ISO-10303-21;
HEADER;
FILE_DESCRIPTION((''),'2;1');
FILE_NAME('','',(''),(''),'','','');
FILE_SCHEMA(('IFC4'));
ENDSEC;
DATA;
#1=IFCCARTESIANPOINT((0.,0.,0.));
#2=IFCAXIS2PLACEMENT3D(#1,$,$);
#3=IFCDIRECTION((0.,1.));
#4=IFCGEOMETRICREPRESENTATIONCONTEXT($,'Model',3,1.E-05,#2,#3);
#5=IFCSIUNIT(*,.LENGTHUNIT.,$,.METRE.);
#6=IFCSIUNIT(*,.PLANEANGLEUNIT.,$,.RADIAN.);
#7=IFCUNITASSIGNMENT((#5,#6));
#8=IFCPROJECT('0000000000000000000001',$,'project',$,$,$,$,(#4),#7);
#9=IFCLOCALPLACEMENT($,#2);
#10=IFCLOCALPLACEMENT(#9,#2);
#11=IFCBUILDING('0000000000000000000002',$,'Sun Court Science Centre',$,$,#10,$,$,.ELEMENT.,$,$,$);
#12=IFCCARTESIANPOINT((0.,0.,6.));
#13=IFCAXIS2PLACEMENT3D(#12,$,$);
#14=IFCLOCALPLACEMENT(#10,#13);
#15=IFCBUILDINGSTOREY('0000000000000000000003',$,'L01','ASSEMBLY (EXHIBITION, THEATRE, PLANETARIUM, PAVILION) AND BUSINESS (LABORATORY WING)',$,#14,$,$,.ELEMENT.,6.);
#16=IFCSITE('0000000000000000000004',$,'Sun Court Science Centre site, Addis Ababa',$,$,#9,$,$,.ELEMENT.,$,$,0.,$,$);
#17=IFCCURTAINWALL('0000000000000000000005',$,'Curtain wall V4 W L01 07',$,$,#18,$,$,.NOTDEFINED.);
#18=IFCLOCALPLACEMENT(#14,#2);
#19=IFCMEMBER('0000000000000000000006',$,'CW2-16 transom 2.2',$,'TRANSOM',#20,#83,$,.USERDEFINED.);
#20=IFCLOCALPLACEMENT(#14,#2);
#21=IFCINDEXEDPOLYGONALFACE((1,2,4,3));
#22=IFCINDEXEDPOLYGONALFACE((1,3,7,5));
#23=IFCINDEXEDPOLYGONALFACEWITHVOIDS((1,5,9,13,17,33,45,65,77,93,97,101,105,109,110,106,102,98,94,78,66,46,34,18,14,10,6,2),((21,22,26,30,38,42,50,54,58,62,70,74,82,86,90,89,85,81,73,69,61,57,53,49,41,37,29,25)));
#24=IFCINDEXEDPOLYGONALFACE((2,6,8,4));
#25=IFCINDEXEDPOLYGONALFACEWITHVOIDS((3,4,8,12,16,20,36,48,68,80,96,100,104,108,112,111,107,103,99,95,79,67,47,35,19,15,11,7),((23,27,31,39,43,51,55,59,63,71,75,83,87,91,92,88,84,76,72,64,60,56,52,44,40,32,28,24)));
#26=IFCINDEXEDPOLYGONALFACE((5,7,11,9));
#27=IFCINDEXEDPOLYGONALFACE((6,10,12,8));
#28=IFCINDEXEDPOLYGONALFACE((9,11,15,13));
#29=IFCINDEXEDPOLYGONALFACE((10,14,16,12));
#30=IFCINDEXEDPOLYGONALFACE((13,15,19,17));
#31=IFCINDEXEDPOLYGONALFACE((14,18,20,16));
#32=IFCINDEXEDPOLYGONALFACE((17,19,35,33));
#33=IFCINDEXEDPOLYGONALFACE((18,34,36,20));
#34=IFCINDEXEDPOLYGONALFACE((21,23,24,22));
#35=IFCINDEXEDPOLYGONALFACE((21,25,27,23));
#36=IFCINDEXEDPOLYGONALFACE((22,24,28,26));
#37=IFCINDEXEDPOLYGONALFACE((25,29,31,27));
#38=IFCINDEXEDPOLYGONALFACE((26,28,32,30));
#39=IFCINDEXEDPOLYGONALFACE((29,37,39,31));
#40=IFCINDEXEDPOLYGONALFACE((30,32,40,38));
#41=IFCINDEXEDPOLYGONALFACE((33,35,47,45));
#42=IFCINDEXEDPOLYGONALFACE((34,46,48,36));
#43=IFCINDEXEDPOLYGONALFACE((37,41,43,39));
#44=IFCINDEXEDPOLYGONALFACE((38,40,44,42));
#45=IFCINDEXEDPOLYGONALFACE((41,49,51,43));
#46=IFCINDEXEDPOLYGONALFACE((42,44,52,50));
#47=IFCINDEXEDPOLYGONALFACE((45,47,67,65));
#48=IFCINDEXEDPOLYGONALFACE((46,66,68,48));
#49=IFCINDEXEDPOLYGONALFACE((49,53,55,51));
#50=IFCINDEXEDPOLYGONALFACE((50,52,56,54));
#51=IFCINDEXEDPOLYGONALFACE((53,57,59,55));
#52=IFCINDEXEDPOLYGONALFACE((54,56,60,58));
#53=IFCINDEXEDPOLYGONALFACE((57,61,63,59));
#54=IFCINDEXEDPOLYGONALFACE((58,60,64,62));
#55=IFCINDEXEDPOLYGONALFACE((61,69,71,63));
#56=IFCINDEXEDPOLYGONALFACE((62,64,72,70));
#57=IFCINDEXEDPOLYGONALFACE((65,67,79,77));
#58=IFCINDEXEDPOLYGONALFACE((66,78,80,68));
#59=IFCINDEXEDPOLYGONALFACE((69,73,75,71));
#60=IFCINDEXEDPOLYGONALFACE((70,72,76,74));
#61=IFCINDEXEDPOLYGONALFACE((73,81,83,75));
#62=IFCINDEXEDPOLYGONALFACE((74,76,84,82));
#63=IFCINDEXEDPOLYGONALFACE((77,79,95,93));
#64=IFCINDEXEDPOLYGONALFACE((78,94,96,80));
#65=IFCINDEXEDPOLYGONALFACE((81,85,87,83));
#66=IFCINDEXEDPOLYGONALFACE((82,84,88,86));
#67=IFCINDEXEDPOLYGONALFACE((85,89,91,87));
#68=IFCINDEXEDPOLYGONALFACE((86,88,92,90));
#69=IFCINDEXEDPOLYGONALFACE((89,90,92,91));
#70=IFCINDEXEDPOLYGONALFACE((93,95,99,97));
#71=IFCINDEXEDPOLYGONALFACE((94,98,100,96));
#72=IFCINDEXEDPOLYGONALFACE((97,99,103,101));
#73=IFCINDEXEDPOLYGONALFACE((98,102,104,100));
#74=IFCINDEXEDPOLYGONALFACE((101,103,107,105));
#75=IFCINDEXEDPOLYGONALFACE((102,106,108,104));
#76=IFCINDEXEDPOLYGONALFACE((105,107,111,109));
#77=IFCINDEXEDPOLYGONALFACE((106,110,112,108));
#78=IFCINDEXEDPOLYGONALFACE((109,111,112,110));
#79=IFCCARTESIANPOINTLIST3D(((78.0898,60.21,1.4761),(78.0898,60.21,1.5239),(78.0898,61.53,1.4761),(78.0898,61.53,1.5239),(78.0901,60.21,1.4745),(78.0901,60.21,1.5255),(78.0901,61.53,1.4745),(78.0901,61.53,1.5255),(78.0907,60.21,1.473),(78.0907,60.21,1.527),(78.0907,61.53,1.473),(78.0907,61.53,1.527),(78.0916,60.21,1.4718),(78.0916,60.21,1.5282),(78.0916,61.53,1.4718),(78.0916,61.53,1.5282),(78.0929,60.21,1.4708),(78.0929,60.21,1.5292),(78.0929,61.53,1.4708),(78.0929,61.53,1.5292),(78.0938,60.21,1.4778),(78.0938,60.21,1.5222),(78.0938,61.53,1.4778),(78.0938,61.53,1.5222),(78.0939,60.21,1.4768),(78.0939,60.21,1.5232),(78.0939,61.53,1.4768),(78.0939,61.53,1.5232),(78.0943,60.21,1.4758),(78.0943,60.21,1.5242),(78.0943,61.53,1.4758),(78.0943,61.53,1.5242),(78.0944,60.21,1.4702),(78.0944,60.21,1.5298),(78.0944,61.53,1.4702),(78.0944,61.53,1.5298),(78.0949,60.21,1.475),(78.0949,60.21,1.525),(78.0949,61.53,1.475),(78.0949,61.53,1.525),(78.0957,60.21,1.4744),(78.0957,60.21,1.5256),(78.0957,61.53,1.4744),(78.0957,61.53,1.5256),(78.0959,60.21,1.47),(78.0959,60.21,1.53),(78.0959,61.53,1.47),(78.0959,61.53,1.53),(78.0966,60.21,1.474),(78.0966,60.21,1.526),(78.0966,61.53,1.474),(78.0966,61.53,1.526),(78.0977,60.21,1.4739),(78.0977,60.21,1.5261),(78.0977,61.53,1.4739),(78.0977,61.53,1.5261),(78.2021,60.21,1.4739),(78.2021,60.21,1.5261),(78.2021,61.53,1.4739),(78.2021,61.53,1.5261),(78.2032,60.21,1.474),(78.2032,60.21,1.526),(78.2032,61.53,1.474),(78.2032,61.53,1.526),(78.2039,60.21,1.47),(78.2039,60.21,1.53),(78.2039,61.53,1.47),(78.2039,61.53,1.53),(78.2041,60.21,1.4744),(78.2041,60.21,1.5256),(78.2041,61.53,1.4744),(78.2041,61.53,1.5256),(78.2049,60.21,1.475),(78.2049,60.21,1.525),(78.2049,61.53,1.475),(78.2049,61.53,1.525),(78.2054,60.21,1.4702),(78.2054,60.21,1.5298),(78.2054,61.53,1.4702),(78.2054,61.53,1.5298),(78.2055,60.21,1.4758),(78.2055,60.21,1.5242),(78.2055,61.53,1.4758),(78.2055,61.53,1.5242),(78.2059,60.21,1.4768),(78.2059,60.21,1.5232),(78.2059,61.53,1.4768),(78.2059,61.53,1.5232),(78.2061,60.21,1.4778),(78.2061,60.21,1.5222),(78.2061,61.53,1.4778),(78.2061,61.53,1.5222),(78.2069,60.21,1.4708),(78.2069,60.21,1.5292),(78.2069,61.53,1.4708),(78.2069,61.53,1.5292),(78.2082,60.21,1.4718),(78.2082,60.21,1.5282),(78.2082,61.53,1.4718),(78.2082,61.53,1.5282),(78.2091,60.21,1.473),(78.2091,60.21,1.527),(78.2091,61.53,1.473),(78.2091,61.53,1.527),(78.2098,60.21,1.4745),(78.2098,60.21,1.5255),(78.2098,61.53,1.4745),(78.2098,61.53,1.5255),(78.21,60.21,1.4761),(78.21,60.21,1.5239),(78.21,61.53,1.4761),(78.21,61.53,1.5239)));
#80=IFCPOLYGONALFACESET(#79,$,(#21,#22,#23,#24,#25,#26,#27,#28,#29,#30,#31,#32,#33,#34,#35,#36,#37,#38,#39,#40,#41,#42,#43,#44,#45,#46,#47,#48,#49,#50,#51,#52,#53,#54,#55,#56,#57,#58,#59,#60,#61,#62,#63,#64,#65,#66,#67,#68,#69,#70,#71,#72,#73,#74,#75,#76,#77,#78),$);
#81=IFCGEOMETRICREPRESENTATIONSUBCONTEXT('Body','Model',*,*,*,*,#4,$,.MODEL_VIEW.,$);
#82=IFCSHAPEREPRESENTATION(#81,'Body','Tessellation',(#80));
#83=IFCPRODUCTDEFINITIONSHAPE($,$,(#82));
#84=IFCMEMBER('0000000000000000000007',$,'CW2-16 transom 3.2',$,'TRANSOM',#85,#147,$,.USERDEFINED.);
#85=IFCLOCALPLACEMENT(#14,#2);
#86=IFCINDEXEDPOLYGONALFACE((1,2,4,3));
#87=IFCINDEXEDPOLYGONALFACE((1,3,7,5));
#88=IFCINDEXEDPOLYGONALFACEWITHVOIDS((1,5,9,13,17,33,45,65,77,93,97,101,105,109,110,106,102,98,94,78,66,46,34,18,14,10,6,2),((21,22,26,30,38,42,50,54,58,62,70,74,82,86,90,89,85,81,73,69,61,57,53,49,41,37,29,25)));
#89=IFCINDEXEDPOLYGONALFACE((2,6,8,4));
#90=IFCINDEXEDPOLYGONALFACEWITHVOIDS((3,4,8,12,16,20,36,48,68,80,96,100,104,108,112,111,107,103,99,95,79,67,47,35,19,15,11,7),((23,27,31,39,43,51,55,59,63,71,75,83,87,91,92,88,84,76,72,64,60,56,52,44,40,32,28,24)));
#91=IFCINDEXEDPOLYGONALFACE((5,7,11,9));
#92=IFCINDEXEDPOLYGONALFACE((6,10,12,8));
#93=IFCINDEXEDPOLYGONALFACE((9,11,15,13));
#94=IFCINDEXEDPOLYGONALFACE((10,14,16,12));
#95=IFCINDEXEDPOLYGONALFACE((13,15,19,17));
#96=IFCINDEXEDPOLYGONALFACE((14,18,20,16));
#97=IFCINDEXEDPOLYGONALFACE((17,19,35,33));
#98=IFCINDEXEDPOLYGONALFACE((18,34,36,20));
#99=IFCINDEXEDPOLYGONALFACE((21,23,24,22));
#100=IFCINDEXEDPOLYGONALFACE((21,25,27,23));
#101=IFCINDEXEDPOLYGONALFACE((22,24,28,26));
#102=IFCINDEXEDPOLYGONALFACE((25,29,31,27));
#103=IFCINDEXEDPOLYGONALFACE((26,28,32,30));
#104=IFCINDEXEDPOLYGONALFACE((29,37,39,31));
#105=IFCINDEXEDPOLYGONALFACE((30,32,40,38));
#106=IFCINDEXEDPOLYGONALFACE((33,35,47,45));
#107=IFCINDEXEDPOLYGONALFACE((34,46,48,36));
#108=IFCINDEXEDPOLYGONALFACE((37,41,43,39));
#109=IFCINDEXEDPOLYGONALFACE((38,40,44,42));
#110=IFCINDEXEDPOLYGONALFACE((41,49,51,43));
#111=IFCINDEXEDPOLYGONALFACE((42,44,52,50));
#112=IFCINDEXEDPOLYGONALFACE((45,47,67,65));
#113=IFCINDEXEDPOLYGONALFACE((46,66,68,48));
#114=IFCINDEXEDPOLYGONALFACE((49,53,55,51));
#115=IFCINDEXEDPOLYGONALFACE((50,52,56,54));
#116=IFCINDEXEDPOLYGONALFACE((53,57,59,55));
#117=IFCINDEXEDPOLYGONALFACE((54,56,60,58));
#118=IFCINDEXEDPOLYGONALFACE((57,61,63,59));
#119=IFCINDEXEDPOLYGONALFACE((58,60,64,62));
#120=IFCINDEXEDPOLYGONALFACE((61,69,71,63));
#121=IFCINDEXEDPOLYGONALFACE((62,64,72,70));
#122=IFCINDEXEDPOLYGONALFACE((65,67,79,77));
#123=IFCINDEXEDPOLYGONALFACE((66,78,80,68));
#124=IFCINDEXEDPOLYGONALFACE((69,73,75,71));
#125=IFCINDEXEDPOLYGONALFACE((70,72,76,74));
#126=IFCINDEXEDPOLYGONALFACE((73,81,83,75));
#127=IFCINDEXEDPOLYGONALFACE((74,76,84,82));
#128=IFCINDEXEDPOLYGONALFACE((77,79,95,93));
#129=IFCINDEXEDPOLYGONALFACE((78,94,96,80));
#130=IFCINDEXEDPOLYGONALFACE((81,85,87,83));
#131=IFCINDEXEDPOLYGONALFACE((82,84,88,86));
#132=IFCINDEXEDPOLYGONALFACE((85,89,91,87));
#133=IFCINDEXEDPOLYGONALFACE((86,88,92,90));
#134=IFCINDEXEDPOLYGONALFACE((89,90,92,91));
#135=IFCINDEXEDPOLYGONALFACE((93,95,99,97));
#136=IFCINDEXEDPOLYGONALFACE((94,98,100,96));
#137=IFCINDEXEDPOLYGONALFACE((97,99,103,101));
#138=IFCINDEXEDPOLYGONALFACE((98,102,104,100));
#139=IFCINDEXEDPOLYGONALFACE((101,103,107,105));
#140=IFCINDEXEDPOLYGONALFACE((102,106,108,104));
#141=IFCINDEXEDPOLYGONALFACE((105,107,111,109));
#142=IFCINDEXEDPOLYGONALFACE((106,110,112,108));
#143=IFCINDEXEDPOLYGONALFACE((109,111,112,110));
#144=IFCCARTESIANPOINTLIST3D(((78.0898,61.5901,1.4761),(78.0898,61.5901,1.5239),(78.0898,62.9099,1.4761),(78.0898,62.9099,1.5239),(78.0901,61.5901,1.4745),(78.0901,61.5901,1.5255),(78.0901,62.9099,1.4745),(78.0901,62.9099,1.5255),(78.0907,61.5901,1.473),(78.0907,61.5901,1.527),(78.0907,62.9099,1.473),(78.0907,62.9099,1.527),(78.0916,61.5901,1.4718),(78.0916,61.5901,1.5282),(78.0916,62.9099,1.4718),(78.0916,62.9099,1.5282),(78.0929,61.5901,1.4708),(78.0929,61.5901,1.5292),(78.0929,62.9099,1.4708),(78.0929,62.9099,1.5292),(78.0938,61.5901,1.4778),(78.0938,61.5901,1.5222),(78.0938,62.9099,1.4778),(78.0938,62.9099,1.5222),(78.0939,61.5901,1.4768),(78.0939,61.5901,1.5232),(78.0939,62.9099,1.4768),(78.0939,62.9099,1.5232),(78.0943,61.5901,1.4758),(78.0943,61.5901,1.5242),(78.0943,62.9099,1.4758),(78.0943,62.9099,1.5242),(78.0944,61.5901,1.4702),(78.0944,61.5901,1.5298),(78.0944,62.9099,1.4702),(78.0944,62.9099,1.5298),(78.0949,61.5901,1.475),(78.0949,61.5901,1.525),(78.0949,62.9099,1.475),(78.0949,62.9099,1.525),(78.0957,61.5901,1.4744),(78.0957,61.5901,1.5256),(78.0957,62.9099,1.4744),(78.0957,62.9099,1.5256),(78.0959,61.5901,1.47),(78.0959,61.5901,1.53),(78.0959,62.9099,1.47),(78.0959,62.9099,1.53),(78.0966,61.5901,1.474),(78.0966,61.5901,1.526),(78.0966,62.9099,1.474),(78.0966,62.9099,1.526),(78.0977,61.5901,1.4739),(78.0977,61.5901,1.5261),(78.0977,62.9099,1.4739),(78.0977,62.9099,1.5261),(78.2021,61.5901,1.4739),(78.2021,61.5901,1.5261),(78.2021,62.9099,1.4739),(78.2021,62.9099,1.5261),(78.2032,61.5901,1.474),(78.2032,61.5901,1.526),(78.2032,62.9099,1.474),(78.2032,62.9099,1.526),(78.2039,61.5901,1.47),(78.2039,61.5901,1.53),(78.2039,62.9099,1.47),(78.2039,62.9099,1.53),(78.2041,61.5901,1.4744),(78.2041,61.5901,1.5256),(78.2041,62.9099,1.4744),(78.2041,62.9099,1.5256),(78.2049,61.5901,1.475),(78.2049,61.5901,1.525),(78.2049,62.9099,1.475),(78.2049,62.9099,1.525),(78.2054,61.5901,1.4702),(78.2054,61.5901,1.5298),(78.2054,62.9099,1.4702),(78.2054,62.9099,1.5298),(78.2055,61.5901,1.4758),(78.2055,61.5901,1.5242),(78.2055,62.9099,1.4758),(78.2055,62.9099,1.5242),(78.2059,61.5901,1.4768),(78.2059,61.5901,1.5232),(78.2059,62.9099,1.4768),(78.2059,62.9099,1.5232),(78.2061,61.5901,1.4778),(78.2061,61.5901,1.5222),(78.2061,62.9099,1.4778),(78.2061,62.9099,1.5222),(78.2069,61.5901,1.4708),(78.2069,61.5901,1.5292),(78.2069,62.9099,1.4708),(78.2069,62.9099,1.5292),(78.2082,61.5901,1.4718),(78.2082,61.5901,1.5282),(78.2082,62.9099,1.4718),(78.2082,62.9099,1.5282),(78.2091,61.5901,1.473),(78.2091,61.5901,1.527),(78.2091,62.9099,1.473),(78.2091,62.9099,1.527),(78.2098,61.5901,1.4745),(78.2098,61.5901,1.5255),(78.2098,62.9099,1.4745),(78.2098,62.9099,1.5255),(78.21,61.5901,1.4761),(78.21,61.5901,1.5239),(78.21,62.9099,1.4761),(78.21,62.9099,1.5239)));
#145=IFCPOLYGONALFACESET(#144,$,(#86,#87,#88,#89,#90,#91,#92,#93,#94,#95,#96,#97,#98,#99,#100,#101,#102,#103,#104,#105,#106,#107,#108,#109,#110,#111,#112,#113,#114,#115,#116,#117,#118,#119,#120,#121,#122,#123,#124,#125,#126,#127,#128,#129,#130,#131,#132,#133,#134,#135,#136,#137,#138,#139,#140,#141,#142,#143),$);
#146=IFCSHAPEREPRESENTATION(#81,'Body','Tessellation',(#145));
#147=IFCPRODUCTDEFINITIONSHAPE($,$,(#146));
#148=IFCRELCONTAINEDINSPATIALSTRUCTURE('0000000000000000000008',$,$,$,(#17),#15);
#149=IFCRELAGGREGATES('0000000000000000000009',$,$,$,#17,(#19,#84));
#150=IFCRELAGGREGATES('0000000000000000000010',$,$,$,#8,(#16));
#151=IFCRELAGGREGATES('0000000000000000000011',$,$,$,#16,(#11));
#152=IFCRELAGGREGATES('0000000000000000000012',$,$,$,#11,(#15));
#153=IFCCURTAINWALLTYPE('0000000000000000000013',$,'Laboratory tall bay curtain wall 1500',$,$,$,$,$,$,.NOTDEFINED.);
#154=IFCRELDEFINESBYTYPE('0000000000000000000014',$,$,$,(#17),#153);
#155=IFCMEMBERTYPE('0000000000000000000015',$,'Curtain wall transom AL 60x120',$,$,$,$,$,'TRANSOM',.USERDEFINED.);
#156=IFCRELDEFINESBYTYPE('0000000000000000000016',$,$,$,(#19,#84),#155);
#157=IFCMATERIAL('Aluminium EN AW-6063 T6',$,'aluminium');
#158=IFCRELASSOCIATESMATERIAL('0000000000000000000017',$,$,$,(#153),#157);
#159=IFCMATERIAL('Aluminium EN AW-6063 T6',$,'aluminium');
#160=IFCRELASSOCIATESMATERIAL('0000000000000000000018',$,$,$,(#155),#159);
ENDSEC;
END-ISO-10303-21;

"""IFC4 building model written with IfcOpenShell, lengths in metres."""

from ifc_helpers import new_model, si_unit, direction, frame, origin, origin_2d, place, context, subcontext, project, spatial, hollow_rectangle, extrude, material, material_profile, profile_set, type_object, element, aggregate, save


model = new_model("IFC4")

# Units and contexts
model_context = context("Model", 3, precision=1e-05, world=origin(), true_north=direction((0.0, 1.0)))
body_context = subcontext(model_context, "Body", "Model", "MODEL_VIEW")
ifc_project = project(units=[si_unit("LENGTHUNIT", "METRE"), si_unit("PLANEANGLEUNIT", "RADIAN")], contexts=[model_context])

# Site, building, storey
site_placement = place(None, origin())
site = spatial("IfcSite", under=ifc_project, at=site_placement, Name="Sun Court Science Centre site, Addis Ababa", CompositionType="ELEMENT", RefElevation=0.0)
building_placement = place(site_placement, origin())
building = spatial("IfcBuilding", under=site, at=building_placement, Name="Sun Court Science Centre", CompositionType="ELEMENT")
storey_placement = place(building_placement, frame((0.0, 0.0, 6.0)))
storey = spatial("IfcBuildingStorey", under=building, at=storey_placement, Name="L01", Description="ASSEMBLY (EXHIBITION, THEATRE, PLANETARIUM, PAVILION) AND BUSINESS (LABORATORY WING)", CompositionType="ELEMENT", Elevation=6.0)

# Curtain wall, members
ifc_material_1 = material(Name="Aluminium EN AW-6063 T6", Category="aluminium")
curtain_wall_type = type_object("IfcCurtainWallType", Name="Laboratory tall bay curtain wall 1500", PredefinedType="NOTDEFINED", material=ifc_material_1)
curtain_wall_placement = place(storey_placement, origin())
curtain_wall = element("IfcCurtainWall", 1, at=curtain_wall_placement, inside=storey, type_object=curtain_wall_type, Name="Curtain wall V4 W L01 07", PredefinedType="NOTDEFINED")
ifc_material_2 = material(Name="Aluminium EN AW-6063 T6", Category="aluminium")
ifc_material_profile_1 = material_profile(ifc_material_2, hollow_rectangle(XDim=0.0601, YDim=0.1201, WallThickness=0.0039, InnerFilletRadius=0.0039, OuterFilletRadius=0.0061, at=origin_2d()), Name="AL 60x120x4")
ifc_profile_set_1 = profile_set([ifc_material_profile_1], Name="Aluminium EN AW-6063 T6")
member_type_1 = type_object("IfcMemberType", Name="Curtain wall transom AL 60x120", ElementType="TRANSOM", PredefinedType="USERDEFINED", material=ifc_profile_set_1)
member_1_placement = place(storey_placement, frame((78.1499, 60.21, 1.5), z_axis=(0.0, 1.0, 0.0), x_axis=(0.0, 0.0, 1.0)))
member_1 = element("IfcMember", 2, at=member_1_placement, type_object=member_type_1, Name="CW2-16 transom 2.2", ObjectType="TRANSOM", PredefinedType="USERDEFINED", context=body_context, shape_type="SweptSolid", body=[
    extrude(hollow_rectangle(XDim=0.0601, YDim=0.1201, WallThickness=0.0039, InnerFilletRadius=0.0039, OuterFilletRadius=0.0061, at=origin_2d()), origin(), (0.0, 0.0, 1.0), 1.3201),
])
member_2_placement = place(storey_placement, frame((78.1499, 61.5901, 1.5), z_axis=(0.0, 1.0, 0.0), x_axis=(0.0, 0.0, 1.0)))
member_2 = element("IfcMember", 3, at=member_2_placement, type_object=member_type_1, Name="CW2-16 transom 3.2", ObjectType="TRANSOM", PredefinedType="USERDEFINED", context=body_context, shape_type="SweptSolid", body=[
    extrude(hollow_rectangle(XDim=0.0601, YDim=0.1201, WallThickness=0.0039, InnerFilletRadius=0.0039, OuterFilletRadius=0.0061, at=origin_2d()), origin(), (0.0, 0.0, 1.0), 1.3198),
])

aggregate(curtain_wall, [member_1, member_2])

save(model, "model.ifc")
